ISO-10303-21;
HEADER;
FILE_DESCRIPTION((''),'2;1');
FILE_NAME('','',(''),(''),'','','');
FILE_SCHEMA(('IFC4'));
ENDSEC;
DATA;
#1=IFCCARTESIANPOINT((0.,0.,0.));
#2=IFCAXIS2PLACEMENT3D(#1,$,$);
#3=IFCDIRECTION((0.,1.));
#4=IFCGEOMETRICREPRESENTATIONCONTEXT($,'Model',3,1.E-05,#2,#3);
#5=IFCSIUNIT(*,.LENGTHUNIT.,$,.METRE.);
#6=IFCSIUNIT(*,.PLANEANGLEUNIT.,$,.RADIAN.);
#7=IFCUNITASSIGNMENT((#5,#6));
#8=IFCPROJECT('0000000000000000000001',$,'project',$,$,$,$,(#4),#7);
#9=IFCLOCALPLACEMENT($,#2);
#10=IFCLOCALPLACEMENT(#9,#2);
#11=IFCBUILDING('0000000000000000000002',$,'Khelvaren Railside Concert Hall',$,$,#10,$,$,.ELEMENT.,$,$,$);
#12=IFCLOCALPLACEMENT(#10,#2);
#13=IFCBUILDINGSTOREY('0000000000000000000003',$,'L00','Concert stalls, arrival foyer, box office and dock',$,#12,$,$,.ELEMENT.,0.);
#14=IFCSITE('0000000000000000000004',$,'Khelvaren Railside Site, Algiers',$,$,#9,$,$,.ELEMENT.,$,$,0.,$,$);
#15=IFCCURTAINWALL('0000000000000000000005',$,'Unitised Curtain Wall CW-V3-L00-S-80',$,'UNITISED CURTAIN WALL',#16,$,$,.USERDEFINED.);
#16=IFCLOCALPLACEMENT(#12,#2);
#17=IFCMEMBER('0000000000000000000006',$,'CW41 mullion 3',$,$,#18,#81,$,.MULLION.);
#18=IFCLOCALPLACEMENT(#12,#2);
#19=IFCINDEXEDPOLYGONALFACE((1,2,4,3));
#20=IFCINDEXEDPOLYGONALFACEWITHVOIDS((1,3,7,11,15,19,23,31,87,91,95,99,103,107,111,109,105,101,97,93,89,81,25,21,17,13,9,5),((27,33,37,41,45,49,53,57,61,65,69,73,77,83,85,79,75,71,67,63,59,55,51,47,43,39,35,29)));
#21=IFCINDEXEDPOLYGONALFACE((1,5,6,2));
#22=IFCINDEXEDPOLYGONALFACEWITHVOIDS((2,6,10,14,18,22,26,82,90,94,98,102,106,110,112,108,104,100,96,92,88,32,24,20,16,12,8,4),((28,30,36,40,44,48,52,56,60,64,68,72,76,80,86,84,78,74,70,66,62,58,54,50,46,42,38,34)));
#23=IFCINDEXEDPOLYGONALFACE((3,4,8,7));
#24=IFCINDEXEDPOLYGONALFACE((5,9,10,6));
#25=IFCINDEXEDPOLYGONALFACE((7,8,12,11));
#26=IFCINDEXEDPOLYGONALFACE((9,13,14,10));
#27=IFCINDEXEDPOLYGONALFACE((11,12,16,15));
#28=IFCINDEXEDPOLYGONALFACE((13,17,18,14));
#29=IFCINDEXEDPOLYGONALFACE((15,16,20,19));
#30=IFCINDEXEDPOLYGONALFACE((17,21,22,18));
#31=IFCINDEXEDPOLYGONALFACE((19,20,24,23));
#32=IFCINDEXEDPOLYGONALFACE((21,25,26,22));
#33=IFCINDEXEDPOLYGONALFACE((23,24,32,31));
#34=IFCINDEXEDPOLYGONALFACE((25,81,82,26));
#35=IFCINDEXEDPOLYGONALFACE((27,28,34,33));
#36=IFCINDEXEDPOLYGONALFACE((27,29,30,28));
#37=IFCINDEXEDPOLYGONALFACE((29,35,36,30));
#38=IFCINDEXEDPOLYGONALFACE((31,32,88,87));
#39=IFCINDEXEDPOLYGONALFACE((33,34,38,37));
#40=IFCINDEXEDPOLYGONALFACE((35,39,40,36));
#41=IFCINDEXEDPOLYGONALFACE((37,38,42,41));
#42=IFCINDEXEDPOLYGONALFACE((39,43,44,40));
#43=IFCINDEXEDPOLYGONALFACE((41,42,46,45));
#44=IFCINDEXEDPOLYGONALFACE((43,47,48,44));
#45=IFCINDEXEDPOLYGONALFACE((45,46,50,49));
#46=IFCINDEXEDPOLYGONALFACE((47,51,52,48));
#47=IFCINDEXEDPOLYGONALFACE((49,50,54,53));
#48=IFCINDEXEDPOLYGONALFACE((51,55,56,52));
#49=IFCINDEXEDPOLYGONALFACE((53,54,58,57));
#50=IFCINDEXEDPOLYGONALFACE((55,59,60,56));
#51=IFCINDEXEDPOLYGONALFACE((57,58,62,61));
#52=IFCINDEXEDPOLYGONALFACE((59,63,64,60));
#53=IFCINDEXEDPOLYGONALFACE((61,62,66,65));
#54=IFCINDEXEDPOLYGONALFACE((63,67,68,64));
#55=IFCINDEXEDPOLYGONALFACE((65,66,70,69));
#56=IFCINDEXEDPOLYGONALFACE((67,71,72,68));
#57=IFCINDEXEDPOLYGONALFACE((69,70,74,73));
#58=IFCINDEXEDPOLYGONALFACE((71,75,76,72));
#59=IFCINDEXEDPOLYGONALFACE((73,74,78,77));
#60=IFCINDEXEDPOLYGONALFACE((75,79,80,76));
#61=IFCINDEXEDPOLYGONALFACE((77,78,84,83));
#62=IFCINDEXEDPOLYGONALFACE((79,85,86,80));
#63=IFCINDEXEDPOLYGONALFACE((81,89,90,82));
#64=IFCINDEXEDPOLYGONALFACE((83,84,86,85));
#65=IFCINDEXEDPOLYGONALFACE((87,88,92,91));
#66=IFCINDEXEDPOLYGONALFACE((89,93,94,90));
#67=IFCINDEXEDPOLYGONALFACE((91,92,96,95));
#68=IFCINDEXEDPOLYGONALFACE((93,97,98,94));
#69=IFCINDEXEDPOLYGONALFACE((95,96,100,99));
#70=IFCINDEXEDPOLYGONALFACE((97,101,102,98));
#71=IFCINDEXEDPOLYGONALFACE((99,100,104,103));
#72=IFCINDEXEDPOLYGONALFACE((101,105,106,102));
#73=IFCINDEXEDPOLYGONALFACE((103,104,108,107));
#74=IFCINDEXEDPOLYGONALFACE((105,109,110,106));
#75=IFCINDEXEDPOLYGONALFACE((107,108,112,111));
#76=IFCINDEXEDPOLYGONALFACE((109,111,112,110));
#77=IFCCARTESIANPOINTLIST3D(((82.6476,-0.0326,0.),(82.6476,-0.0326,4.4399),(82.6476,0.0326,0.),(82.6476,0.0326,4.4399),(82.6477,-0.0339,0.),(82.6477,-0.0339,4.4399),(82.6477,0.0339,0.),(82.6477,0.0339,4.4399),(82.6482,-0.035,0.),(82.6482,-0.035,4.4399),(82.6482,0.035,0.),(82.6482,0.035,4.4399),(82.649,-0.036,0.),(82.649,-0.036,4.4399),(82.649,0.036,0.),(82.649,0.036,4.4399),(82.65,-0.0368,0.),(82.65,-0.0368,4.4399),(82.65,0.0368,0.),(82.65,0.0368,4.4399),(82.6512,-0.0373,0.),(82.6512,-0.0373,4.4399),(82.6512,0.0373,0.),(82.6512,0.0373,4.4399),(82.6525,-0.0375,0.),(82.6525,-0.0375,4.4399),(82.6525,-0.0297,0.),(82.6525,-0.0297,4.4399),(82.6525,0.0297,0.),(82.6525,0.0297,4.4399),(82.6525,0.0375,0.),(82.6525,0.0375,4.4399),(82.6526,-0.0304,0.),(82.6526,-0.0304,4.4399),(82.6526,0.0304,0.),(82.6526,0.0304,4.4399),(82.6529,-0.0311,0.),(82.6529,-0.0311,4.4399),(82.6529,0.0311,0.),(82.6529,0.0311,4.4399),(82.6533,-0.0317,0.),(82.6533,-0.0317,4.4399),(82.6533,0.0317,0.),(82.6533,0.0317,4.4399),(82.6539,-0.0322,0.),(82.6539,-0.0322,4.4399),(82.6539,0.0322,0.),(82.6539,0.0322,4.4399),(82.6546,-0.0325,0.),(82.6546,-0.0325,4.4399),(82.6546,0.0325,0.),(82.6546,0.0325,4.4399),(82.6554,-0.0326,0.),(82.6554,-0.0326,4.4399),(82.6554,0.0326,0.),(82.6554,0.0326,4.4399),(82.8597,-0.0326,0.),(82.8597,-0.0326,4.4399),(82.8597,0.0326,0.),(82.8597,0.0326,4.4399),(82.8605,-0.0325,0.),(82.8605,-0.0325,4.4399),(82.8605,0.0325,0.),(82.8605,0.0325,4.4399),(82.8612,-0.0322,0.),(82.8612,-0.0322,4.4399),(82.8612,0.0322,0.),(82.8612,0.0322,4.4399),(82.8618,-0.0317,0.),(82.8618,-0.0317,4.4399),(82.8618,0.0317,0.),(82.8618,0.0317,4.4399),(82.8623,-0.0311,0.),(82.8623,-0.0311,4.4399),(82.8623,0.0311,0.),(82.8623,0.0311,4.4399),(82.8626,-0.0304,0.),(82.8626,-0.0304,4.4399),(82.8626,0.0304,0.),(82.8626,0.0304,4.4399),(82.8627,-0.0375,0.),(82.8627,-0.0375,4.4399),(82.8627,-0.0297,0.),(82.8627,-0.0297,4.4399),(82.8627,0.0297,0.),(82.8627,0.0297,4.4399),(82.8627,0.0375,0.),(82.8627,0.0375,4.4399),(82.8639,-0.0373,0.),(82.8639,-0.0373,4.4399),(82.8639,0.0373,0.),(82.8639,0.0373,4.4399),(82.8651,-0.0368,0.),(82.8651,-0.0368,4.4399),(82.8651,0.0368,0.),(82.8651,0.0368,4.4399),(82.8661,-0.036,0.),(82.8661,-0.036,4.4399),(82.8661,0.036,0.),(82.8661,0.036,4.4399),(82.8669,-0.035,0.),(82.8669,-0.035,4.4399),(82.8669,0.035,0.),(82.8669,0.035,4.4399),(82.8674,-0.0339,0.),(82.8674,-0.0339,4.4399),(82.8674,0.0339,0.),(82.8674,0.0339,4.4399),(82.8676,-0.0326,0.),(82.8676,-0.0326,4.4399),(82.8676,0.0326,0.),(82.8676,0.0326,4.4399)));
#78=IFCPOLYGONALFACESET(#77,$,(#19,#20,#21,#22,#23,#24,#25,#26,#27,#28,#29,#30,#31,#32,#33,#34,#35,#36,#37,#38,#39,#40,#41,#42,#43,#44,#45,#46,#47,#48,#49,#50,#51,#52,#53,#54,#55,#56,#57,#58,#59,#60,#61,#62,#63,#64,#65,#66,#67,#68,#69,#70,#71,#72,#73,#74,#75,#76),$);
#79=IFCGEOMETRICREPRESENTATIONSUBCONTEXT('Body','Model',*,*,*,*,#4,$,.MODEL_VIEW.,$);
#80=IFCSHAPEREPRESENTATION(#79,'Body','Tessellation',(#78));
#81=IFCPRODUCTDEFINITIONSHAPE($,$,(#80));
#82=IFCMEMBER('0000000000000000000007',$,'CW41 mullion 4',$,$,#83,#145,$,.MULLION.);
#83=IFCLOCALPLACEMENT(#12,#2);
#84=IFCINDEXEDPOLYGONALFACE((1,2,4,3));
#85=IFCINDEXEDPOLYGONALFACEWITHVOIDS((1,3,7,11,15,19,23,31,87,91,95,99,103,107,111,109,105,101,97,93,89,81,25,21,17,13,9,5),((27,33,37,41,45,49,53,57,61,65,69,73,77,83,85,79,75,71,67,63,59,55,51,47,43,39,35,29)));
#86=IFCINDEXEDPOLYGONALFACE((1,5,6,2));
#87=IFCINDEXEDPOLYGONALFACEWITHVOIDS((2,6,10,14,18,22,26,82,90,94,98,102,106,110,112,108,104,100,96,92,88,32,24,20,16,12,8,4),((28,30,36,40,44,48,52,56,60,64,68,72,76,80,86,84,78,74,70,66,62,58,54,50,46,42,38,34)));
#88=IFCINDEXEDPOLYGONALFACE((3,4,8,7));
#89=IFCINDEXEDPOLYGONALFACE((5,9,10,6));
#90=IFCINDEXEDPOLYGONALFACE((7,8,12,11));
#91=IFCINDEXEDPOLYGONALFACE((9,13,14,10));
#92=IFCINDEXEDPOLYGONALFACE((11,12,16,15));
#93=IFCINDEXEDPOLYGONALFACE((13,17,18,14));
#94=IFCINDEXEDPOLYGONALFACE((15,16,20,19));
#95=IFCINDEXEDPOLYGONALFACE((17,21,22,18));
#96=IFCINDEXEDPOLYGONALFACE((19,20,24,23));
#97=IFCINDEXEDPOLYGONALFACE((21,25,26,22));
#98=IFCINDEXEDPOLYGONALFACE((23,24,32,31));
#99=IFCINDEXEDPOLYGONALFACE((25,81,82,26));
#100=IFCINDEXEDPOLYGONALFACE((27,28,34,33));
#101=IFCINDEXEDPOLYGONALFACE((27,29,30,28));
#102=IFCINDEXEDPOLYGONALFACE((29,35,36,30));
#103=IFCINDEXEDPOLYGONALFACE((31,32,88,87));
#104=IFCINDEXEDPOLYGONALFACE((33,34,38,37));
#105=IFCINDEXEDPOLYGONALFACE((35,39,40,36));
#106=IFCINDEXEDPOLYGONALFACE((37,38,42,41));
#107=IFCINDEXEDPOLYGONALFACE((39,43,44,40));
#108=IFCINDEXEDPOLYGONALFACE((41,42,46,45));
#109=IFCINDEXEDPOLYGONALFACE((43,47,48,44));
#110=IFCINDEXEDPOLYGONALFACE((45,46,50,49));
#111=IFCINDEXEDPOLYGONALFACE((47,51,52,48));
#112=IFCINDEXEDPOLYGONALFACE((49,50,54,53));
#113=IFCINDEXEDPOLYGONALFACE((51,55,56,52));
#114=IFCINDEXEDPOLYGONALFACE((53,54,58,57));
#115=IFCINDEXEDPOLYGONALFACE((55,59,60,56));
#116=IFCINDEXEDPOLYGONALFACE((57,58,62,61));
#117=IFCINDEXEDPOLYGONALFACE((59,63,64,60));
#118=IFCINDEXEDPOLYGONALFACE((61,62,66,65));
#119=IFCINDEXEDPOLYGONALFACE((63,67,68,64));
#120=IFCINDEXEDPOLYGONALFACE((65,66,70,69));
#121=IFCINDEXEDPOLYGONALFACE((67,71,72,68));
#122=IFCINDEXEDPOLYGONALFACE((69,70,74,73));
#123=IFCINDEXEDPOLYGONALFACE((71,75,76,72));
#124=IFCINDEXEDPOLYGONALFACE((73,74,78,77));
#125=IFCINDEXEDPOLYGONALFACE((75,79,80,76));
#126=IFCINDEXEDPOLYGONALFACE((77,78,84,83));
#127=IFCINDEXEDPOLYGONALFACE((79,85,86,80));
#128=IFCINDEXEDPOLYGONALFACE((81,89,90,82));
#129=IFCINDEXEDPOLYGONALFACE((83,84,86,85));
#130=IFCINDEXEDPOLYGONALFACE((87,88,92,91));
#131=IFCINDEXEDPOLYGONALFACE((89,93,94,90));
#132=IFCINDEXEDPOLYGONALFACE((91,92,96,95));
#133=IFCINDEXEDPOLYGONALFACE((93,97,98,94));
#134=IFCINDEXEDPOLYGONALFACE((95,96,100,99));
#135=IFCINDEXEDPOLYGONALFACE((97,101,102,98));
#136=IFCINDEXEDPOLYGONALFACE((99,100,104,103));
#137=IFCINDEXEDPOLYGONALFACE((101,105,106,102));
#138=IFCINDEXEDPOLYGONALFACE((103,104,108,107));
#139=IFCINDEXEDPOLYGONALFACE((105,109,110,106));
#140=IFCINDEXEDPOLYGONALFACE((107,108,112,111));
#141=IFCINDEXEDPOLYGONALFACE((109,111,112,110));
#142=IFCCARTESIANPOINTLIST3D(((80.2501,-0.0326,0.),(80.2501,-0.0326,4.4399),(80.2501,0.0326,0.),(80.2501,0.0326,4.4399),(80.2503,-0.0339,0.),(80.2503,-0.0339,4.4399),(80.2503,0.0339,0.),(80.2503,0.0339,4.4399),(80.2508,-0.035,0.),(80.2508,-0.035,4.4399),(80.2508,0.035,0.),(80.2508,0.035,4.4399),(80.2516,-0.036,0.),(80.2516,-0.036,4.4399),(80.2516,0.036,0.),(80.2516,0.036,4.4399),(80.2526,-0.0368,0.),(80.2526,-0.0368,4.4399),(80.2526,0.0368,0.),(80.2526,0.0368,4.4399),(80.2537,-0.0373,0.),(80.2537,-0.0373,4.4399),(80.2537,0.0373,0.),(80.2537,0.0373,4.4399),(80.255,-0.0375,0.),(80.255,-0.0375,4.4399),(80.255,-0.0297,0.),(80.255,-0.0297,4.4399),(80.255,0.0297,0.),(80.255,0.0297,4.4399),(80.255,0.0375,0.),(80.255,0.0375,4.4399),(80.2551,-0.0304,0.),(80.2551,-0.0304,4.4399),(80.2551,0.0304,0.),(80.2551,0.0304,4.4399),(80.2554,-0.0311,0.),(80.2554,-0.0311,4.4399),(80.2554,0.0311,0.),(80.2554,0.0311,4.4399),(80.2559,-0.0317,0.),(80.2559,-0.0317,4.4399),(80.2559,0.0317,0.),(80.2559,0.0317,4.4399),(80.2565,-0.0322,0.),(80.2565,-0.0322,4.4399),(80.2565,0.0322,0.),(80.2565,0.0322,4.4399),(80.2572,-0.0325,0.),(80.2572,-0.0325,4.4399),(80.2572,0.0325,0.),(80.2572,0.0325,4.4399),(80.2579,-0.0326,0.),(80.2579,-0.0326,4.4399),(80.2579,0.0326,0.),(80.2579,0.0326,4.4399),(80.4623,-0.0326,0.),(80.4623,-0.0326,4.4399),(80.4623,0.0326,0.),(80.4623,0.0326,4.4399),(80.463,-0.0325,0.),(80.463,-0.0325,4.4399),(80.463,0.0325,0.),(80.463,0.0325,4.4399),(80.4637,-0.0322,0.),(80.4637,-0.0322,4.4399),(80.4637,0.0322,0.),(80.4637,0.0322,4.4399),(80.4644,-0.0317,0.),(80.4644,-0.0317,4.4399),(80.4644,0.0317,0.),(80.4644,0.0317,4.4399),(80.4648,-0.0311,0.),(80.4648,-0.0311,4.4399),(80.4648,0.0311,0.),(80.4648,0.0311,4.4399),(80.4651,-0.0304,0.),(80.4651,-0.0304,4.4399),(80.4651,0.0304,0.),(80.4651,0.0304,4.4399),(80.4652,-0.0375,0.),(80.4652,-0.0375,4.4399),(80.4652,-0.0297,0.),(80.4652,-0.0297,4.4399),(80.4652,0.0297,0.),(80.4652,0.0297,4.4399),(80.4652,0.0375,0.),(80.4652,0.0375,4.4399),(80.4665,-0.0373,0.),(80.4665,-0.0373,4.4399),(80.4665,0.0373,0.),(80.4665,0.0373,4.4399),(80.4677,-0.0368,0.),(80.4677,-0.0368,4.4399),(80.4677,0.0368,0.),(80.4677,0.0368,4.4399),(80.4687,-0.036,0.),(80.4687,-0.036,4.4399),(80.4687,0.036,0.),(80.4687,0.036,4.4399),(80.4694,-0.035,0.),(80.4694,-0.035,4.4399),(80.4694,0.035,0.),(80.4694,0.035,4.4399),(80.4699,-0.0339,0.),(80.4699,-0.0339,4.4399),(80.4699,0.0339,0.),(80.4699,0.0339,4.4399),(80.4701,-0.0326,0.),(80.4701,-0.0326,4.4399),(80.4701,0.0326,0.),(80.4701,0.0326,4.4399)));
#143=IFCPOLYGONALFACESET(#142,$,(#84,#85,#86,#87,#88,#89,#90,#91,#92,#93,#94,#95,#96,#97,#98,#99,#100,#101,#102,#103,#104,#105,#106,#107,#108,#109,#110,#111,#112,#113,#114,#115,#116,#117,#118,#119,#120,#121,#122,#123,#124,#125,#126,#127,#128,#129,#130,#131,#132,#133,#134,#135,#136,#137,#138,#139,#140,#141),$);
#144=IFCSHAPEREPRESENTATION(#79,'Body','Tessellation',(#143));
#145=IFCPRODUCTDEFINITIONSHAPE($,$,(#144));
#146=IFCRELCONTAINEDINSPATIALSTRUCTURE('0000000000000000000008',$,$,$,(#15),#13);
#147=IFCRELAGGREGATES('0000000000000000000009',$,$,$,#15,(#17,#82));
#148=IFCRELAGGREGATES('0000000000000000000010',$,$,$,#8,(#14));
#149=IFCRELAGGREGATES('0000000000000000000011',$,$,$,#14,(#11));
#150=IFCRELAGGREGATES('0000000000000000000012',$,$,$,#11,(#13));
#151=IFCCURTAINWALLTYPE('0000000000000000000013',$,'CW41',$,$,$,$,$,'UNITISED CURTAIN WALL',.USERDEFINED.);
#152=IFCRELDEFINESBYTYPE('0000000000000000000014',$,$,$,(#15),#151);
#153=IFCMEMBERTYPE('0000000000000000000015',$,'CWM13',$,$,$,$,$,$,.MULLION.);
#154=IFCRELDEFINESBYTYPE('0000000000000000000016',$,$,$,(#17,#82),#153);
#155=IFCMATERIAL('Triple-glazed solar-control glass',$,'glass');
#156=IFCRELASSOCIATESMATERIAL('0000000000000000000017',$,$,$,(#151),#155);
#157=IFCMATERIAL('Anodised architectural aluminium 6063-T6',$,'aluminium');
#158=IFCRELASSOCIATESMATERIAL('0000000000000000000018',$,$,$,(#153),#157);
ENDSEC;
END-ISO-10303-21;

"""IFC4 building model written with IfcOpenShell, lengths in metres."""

from ifc_helpers import new_model, si_unit, direction, frame, origin, origin_2d, place, context, subcontext, project, spatial, hollow_rectangle, extrude, material, material_profile, profile_set, type_object, element, aggregate, save


model = new_model("IFC4")

# Units and contexts
model_context = context("Model", 3, precision=1e-05, world=origin(), true_north=direction((0.0, 1.0)))
body_context = subcontext(model_context, "Body", "Model", "MODEL_VIEW")
ifc_project = project(units=[si_unit("LENGTHUNIT", "METRE"), si_unit("PLANEANGLEUNIT", "RADIAN")], contexts=[model_context])

# Site, building, storey
site_placement = place(None, origin())
site = spatial("IfcSite", under=ifc_project, at=site_placement, Name="Khelvaren Railside Site, Algiers", CompositionType="ELEMENT", RefElevation=0.0)
building_placement = place(site_placement, origin())
building = spatial("IfcBuilding", under=site, at=building_placement, Name="Khelvaren Railside Concert Hall", CompositionType="ELEMENT")
storey_placement = place(building_placement, origin())
storey = spatial("IfcBuildingStorey", under=building, at=storey_placement, Name="L00", Description="Concert stalls, arrival foyer, box office and dock", CompositionType="ELEMENT", Elevation=0.0)

# Curtain wall, members
ifc_material_1 = material(Name="Triple-glazed solar-control glass", Category="glass")
curtain_wall_type_1 = type_object("IfcCurtainWallType", Name="CW41", ElementType="UNITISED CURTAIN WALL", PredefinedType="USERDEFINED", material=ifc_material_1)
curtain_wall_1_placement = place(storey_placement, origin())
curtain_wall_1 = element("IfcCurtainWall", 1, at=curtain_wall_1_placement, inside=storey, type_object=curtain_wall_type_1, Name="Unitised Curtain Wall CW-V3-L00-S-80", ObjectType="UNITISED CURTAIN WALL", PredefinedType="USERDEFINED")
ifc_material_2 = material(Name="Anodised architectural aluminium 6063-T6", Category="aluminium")
ifc_material_profile_1 = material_profile(ifc_material_2, hollow_rectangle(XDim=0.075, YDim=0.22, WallThickness=0.0049, InnerFilletRadius=0.0029, OuterFilletRadius=0.0049, at=origin_2d()), Name="CWM 75x220x5")
ifc_profile_set_1 = profile_set([ifc_material_profile_1], Name="Anodised architectural aluminium 6063-T6")
member_type_1 = type_object("IfcMemberType", Name="CWM13", PredefinedType="MULLION", material=ifc_profile_set_1)
member_1_placement = place(storey_placement, frame((82.7576, 0.0, 0.0), z_axis=(0.0, 0.0, 1.0), x_axis=(0.0, -1.0, 0.0)))
member_1 = element("IfcMember", 2, at=member_1_placement, type_object=member_type_1, Name="CW41 mullion 3", PredefinedType="MULLION", context=body_context, shape_type="SweptSolid", body=[
    extrude(hollow_rectangle(XDim=0.075, YDim=0.22, WallThickness=0.0049, InnerFilletRadius=0.0029, OuterFilletRadius=0.0049, at=origin_2d()), origin(), (0.0, 0.0, 1.0), 4.4399),
])
member_2_placement = place(storey_placement, frame((80.3601, 0.0, 0.0), z_axis=(0.0, 0.0, 1.0), x_axis=(0.0, -1.0, 0.0)))
member_2 = element("IfcMember", 3, at=member_2_placement, type_object=member_type_1, Name="CW41 mullion 4", PredefinedType="MULLION", context=body_context, shape_type="SweptSolid", body=[
    extrude(hollow_rectangle(XDim=0.075, YDim=0.22, WallThickness=0.0049, InnerFilletRadius=0.0029, OuterFilletRadius=0.0049, at=origin_2d()), origin(), (0.0, 0.0, 1.0), 4.4399),
])

aggregate(curtain_wall_1, [member_1, member_2])

save(model, "model.ifc")
